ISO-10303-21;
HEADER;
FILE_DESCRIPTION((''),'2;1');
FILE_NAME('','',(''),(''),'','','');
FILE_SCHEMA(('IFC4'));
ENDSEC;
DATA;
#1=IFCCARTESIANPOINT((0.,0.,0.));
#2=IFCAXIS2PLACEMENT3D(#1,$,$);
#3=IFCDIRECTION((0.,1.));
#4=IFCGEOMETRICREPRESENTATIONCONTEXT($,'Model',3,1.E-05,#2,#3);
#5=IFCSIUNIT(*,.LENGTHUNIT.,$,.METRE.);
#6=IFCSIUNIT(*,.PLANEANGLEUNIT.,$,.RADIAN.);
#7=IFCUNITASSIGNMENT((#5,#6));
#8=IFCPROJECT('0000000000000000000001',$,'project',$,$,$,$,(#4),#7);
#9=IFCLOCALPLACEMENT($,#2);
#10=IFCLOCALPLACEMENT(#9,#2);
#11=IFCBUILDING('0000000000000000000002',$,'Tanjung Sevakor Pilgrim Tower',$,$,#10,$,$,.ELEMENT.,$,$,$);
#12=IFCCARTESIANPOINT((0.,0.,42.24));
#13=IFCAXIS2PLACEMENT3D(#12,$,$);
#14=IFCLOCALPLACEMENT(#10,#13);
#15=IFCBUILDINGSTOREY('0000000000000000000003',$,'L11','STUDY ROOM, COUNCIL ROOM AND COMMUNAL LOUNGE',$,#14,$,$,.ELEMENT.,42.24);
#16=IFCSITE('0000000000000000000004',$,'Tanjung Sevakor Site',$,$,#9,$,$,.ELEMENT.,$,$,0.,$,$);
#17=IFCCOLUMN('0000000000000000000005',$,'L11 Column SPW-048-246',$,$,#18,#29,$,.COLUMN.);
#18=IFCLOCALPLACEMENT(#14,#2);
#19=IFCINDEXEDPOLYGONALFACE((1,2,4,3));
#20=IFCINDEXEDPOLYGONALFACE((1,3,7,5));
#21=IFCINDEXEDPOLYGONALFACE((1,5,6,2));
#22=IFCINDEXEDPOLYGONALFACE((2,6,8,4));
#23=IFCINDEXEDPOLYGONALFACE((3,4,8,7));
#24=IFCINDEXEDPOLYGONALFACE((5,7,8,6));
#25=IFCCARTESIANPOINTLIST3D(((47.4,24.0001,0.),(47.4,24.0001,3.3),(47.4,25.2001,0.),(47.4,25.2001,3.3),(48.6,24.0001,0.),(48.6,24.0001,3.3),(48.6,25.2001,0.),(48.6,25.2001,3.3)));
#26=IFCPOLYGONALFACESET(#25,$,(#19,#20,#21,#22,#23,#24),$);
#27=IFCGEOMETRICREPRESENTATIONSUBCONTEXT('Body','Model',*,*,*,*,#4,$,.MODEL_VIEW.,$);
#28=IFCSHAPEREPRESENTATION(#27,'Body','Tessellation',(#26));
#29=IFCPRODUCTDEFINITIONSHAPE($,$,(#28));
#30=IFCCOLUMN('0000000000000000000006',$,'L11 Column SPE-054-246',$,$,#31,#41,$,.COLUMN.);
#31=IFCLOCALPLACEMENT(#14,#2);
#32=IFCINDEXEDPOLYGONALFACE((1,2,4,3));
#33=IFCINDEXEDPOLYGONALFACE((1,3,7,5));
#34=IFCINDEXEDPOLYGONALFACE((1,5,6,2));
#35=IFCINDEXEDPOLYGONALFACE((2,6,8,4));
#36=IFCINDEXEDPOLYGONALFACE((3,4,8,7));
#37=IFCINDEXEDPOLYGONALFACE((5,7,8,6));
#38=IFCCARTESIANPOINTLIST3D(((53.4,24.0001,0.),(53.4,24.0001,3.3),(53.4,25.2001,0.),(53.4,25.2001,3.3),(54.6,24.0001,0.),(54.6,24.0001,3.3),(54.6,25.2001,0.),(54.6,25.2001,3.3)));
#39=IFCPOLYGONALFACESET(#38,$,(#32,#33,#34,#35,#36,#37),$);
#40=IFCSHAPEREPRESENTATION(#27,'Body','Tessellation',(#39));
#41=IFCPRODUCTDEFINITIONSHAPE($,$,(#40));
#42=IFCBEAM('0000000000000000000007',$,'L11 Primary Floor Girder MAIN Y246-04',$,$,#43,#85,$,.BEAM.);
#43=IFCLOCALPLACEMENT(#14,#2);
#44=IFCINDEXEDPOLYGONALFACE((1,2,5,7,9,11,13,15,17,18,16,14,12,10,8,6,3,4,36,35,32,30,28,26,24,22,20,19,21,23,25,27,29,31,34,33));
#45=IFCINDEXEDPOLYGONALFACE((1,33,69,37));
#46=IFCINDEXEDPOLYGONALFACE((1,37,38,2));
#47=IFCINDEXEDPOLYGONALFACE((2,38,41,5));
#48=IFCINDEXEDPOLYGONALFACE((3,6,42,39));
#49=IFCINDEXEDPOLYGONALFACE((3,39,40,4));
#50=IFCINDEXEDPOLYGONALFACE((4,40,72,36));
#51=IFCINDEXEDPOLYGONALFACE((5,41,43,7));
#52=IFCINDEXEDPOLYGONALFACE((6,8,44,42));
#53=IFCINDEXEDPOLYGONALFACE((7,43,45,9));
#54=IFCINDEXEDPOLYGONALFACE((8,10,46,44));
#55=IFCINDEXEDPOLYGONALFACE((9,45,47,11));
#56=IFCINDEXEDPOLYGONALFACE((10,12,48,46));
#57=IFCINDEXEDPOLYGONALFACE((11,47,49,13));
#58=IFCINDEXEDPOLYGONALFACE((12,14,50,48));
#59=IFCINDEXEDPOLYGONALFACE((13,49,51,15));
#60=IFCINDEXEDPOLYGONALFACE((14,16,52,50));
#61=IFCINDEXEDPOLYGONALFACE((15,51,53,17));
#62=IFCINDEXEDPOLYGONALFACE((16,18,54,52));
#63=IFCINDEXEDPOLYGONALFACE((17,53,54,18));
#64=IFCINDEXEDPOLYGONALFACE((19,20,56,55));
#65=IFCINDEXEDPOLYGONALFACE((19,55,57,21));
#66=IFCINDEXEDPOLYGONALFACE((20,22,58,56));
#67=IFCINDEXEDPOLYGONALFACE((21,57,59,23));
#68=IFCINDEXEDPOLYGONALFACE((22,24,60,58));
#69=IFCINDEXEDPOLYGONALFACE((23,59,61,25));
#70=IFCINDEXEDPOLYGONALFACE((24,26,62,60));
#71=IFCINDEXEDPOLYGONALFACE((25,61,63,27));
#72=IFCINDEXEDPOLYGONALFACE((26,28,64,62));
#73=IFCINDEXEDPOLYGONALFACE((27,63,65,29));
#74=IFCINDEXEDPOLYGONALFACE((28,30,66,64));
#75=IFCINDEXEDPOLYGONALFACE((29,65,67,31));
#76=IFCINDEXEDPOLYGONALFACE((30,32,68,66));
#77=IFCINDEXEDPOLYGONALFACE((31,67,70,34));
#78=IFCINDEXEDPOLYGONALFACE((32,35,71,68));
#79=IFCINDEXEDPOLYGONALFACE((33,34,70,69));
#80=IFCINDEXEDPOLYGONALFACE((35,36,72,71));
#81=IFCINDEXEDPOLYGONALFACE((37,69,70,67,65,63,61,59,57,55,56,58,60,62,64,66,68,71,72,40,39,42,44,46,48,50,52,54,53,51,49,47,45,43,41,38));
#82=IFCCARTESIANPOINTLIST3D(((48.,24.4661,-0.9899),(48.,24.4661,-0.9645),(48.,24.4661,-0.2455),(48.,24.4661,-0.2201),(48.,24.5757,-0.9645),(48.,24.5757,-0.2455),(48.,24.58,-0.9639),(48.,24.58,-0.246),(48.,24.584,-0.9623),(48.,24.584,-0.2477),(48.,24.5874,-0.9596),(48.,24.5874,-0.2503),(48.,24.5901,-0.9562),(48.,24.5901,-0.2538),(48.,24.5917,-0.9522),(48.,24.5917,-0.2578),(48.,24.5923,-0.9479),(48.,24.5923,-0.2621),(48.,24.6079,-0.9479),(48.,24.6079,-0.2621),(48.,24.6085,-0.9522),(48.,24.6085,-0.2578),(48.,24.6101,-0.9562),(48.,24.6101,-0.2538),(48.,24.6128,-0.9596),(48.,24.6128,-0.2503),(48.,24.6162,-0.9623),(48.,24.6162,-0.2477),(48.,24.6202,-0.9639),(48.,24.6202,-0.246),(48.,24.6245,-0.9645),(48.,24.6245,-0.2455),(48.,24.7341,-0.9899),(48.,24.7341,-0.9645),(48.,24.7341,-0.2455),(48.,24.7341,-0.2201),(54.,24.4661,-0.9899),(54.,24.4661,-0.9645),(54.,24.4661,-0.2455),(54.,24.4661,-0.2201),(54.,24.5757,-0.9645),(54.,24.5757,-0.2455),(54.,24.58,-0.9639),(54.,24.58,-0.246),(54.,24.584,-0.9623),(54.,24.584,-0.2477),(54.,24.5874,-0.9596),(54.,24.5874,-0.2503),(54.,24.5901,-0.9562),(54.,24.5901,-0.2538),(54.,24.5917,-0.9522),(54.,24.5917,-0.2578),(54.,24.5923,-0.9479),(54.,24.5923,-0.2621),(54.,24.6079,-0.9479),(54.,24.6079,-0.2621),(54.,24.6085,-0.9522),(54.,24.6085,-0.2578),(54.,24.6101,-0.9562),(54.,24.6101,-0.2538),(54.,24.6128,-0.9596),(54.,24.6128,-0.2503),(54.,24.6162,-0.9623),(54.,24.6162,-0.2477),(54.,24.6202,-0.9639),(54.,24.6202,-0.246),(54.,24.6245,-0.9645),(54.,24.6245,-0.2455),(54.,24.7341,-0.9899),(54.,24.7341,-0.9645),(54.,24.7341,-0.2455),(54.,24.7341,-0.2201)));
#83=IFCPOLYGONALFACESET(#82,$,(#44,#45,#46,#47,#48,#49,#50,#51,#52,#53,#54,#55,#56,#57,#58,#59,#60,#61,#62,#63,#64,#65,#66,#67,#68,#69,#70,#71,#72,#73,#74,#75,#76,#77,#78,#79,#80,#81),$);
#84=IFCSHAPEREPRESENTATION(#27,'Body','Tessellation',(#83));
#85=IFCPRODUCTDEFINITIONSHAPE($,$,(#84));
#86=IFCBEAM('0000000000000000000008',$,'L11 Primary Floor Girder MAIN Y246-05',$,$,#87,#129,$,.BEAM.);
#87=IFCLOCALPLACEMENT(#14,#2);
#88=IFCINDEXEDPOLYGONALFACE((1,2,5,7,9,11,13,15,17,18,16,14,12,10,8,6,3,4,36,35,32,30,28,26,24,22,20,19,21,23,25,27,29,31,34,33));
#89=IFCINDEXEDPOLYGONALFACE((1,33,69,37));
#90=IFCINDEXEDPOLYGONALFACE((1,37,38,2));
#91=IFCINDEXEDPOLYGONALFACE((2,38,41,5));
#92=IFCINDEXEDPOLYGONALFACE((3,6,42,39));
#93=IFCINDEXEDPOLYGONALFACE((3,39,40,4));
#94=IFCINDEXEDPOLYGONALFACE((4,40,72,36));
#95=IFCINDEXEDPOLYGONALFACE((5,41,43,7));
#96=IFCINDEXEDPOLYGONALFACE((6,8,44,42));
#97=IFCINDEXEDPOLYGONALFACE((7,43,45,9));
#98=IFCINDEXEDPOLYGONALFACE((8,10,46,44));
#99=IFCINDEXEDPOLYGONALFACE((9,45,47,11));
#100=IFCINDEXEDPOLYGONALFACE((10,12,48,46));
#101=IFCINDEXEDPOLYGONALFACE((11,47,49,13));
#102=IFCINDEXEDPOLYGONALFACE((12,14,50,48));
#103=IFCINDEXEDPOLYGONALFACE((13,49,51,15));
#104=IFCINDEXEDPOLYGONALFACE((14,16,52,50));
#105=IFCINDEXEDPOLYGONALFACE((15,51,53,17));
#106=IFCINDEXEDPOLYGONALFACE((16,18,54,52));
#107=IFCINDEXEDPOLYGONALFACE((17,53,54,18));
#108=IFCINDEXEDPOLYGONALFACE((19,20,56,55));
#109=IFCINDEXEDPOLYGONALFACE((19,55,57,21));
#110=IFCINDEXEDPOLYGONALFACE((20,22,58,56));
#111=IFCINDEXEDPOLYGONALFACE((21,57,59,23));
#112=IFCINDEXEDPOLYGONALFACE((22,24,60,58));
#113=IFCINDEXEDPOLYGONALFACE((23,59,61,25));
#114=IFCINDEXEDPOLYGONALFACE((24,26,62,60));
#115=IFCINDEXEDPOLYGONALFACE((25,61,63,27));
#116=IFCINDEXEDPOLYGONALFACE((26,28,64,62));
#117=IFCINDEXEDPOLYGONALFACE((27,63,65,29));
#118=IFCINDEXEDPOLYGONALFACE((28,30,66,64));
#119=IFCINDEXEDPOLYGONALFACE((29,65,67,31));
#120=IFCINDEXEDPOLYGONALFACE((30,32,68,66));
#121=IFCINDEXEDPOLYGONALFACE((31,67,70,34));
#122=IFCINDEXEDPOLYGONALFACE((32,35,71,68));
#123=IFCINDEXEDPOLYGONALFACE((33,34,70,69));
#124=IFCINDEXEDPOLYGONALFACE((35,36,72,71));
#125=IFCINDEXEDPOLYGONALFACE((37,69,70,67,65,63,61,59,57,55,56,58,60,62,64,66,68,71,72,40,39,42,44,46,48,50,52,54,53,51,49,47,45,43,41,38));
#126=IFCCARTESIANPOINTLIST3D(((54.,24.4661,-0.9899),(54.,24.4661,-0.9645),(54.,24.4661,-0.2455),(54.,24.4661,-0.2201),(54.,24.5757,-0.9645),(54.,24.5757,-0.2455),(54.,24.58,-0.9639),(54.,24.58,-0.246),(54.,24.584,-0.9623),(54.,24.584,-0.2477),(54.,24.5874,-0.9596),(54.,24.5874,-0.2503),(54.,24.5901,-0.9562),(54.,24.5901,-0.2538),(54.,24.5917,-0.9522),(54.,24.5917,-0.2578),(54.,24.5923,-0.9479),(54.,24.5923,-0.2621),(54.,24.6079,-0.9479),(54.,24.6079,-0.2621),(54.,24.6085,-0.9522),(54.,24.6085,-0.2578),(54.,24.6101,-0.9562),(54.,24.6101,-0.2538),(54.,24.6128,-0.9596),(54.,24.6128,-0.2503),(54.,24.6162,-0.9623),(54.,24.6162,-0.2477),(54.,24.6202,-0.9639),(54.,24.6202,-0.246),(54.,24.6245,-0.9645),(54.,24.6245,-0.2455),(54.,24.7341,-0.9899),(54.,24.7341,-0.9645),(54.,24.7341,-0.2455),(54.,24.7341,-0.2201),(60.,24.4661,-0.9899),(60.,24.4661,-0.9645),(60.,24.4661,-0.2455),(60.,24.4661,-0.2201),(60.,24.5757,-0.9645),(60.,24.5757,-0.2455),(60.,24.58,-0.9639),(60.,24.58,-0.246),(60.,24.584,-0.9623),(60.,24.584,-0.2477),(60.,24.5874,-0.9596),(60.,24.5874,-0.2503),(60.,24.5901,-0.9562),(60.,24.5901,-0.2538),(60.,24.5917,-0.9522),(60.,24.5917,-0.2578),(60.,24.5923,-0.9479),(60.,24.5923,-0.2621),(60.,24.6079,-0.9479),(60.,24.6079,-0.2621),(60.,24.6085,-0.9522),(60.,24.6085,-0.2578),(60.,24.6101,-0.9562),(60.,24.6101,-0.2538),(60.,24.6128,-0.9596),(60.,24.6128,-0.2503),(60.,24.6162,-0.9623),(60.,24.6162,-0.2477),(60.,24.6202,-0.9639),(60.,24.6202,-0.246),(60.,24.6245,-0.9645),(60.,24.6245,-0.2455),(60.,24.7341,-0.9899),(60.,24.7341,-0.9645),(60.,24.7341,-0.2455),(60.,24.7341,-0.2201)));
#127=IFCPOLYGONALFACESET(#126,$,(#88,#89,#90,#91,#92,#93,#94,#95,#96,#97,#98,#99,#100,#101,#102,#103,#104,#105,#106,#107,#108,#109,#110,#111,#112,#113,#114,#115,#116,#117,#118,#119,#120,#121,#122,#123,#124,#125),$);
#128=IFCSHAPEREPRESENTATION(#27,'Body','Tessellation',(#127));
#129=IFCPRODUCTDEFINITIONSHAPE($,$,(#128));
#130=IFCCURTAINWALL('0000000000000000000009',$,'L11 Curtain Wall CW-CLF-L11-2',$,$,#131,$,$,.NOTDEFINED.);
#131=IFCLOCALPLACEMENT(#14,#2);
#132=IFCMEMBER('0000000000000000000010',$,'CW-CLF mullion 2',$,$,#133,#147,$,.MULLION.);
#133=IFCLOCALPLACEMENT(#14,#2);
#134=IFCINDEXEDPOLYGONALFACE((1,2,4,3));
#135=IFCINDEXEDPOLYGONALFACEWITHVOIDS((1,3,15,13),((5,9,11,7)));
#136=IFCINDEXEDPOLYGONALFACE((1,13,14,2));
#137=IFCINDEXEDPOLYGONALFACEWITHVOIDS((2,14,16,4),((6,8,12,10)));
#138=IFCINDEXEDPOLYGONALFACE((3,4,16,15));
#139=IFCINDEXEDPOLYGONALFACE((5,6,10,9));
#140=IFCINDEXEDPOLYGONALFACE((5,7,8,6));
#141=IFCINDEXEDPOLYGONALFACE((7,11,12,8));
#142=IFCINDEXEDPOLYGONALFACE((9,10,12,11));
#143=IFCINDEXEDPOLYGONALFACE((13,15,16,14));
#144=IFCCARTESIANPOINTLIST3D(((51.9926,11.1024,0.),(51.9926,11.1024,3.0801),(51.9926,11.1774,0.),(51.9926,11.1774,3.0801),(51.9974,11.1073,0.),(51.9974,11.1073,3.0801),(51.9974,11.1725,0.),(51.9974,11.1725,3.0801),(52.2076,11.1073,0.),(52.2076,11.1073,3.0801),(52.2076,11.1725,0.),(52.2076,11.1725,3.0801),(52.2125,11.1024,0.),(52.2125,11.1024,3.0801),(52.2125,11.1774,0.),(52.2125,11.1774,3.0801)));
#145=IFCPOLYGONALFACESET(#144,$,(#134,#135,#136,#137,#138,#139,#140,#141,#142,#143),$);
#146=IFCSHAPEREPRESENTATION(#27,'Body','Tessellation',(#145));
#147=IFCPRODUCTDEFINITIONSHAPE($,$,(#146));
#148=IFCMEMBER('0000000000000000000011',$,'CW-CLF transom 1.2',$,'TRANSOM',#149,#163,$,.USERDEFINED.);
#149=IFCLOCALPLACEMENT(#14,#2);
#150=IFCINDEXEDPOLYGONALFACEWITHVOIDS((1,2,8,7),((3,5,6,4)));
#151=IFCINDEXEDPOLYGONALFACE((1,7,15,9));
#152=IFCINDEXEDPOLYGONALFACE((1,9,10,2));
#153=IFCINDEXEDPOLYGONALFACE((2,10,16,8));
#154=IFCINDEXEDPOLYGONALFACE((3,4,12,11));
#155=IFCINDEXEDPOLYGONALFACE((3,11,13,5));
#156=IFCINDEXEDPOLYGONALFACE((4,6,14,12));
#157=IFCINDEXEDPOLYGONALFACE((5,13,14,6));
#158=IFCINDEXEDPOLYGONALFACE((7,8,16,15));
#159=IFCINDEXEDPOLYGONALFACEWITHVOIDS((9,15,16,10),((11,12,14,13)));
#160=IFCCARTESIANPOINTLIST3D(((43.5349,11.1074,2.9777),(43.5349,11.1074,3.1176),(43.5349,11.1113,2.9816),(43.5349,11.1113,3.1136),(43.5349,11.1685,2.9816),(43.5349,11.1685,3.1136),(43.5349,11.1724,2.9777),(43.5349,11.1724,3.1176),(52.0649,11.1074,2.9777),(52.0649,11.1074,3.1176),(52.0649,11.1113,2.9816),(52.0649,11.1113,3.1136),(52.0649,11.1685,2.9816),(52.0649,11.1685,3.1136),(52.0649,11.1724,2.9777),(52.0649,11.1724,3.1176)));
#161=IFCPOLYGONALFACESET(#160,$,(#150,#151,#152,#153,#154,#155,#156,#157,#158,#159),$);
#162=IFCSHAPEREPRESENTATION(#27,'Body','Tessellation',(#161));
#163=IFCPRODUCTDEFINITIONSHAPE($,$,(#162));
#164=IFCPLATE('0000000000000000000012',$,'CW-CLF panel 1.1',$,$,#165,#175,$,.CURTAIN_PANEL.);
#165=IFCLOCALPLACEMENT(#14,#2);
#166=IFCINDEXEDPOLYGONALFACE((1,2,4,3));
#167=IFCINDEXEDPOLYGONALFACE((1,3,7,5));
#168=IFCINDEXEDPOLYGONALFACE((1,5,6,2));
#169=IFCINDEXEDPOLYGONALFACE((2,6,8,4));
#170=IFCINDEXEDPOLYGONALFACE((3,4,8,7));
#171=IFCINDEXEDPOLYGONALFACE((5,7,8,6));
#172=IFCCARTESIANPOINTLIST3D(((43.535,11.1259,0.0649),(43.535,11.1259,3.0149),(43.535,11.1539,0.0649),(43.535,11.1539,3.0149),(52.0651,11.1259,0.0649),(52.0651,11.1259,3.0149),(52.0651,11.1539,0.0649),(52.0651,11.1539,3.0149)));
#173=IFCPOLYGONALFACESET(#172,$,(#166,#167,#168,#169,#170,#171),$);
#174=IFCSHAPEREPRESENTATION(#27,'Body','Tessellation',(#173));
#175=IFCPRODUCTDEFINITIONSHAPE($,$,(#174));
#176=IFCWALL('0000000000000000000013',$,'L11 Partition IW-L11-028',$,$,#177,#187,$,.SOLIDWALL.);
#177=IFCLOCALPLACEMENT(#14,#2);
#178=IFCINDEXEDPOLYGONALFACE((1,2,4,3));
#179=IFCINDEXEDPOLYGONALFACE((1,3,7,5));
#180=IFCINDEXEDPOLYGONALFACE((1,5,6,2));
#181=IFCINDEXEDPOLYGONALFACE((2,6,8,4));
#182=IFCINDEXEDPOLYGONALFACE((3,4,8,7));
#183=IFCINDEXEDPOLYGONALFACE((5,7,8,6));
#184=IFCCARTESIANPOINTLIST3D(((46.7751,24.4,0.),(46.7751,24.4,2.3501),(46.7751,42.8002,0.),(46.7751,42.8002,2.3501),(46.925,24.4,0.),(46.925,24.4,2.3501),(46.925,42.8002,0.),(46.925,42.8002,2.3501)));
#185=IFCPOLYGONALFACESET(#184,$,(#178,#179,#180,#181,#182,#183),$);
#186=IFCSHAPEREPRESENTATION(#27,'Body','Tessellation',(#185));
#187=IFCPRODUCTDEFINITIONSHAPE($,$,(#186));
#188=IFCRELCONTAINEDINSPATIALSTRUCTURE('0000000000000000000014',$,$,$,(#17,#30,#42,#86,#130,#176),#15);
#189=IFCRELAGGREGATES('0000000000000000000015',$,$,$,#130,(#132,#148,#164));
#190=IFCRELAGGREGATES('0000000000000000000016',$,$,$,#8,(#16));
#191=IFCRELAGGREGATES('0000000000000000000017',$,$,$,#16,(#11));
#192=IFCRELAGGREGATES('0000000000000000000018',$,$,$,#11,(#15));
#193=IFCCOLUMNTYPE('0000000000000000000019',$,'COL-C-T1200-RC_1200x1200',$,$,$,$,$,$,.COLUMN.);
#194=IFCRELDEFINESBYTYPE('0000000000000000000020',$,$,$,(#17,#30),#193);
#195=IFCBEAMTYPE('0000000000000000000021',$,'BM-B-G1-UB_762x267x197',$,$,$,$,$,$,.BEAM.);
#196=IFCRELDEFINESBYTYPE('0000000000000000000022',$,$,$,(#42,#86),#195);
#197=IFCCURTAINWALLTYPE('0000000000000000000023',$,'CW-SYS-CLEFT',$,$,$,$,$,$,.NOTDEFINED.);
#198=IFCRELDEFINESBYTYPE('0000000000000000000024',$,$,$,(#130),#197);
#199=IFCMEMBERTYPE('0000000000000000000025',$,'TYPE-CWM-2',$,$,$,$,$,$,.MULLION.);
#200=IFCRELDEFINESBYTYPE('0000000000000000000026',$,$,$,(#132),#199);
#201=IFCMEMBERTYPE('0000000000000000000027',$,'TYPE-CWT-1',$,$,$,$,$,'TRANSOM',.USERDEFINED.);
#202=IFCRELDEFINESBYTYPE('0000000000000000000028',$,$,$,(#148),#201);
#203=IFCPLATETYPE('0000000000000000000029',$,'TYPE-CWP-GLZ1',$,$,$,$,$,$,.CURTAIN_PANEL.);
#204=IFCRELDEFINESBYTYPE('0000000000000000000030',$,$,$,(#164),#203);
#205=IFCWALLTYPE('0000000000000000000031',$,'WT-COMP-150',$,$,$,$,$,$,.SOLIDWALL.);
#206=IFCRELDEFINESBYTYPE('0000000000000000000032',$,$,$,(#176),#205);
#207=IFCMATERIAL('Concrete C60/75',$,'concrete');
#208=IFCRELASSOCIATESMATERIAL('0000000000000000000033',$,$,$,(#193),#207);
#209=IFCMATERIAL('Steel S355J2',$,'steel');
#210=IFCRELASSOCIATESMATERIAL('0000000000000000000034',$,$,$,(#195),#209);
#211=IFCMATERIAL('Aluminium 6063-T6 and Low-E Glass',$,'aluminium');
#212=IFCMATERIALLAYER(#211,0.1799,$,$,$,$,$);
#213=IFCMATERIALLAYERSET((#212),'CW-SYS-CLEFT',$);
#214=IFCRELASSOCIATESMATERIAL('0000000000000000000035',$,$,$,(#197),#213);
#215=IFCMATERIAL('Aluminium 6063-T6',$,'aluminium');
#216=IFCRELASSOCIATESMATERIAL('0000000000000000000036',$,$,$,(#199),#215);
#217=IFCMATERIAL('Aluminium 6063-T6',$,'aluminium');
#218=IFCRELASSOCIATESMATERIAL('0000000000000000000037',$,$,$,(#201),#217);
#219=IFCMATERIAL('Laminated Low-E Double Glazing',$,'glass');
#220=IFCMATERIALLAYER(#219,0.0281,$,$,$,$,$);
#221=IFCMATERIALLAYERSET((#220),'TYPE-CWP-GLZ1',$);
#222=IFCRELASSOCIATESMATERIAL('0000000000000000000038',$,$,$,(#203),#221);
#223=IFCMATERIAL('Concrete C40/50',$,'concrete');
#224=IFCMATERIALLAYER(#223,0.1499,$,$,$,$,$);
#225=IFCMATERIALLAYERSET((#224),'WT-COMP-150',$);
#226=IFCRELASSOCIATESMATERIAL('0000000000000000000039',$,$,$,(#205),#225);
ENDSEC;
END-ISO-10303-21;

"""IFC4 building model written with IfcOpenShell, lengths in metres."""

from ifc_helpers import new_model, si_unit, direction, frame, frame_2d, origin, origin_2d, place, context, subcontext, project, spatial, rectangle, hollow_rectangle, i_section, extrude, material, layer, layer_set, material_profile, profile_set, type_object, element, aggregate, save


model = new_model("IFC4")

# Units and contexts
model_context = context("Model", 3, precision=1e-05, world=origin(), true_north=direction((0.0, 1.0)))
body_context = subcontext(model_context, "Body", "Model", "MODEL_VIEW")
ifc_project = project(units=[si_unit("LENGTHUNIT", "METRE"), si_unit("PLANEANGLEUNIT", "RADIAN")], contexts=[model_context])

# Site, building, storey
site_placement = place(None, origin())
site = spatial("IfcSite", under=ifc_project, at=site_placement, Name="Tanjung Sevakor Site", CompositionType="ELEMENT", RefElevation=0.0)
building_placement = place(site_placement, origin())
building = spatial("IfcBuilding", under=site, at=building_placement, Name="Tanjung Sevakor Pilgrim Tower", CompositionType="ELEMENT")
storey_placement = place(building_placement, frame((0.0, 0.0, 42.24)))
storey = spatial("IfcBuildingStorey", under=building, at=storey_placement, Name="L11", Description="STUDY ROOM, COUNCIL ROOM AND COMMUNAL LOUNGE", CompositionType="ELEMENT", Elevation=42.24)

# Columns
ifc_material_1 = material(Name="Concrete C60/75", Category="concrete")
ifc_material_profile_1 = material_profile(ifc_material_1, rectangle(XDim=1.2, YDim=1.2, at=origin_2d()))
ifc_profile_set_1 = profile_set([ifc_material_profile_1], Name="Concrete C60/75")
column_type = type_object("IfcColumnType", Name="COL-C-T1200-RC_1200x1200", PredefinedType="COLUMN", material=ifc_profile_set_1)
for number, where, z_axis, x_axis, name in (
    (1, (48.0, 24.6001, 0.0), (0.0, 0.0, 1.0), (1.0, 0.0, 0.0), "L11 Column SPW-048-246"),
    (2, (54.0, 24.6001, 0.0), (0.0, 0.0, 1.0), (1.0, 0.0, 0.0), "L11 Column SPE-054-246"),
):
    element("IfcColumn", number, at=place(storey_placement, frame(where, z_axis=z_axis, x_axis=x_axis)), inside=storey, type_object=column_type, Name=name, PredefinedType="COLUMN", context=body_context, shape_type="SweptSolid", body=[
        extrude(rectangle(XDim=1.2, YDim=1.2, at=origin_2d()), origin(), (0.0, 0.0, 1.0), 3.3),
    ])

# Beams
ifc_material_2 = material(Name="Steel S355J2", Category="steel")
ifc_material_profile_2 = material_profile(ifc_material_2, i_section(OverallWidth=0.2681, OverallDepth=0.7698, WebThickness=0.0156, FlangeThickness=0.0254, FilletRadius=0.0166, at=origin_2d()))
ifc_profile_set_2 = profile_set([ifc_material_profile_2], Name="Steel S355J2")
beam_type = type_object("IfcBeamType", Name="BM-B-G1-UB_762x267x197", PredefinedType="BEAM", material=ifc_profile_set_2)
for number, where, z_axis, x_axis, name in (
    (3, (48.0, 24.6001, -0.605), (1.0, 0.0, 0.0), (0.0, 1.0, 0.0), "L11 Primary Floor Girder MAIN Y246-04"),
    (4, (54.0, 24.6001, -0.605), (1.0, 0.0, 0.0), (0.0, 1.0, 0.0), "L11 Primary Floor Girder MAIN Y246-05"),
):
    element("IfcBeam", number, at=place(storey_placement, frame(where, z_axis=z_axis, x_axis=x_axis)), inside=storey, type_object=beam_type, Name=name, PredefinedType="BEAM", context=body_context, shape_type="SweptSolid", body=[
        extrude(i_section(OverallWidth=0.2681, OverallDepth=0.7698, WebThickness=0.0156, FlangeThickness=0.0254, FilletRadius=0.0166, at=origin_2d()), origin(), (0.0, 0.0, 1.0), 6.0),
    ])

# Curtain wall, members, plate
ifc_material_3 = material(Name="Aluminium 6063-T6 and Low-E Glass", Category="aluminium")
ifc_layer_1 = layer(ifc_material_3, 0.1799)
ifc_layer_set_1 = layer_set([ifc_layer_1], Name="CW-SYS-CLEFT")
curtain_wall_type = type_object("IfcCurtainWallType", Name="CW-SYS-CLEFT", PredefinedType="NOTDEFINED", material=ifc_layer_set_1)
curtain_wall_placement = place(storey_placement, origin())
curtain_wall = element("IfcCurtainWall", 5, at=curtain_wall_placement, inside=storey, type_object=curtain_wall_type, Name="L11 Curtain Wall CW-CLF-L11-2", PredefinedType="NOTDEFINED")
ifc_material_4 = material(Name="Aluminium 6063-T6", Category="aluminium")
ifc_material_profile_3 = material_profile(ifc_material_4, hollow_rectangle(XDim=0.075, YDim=0.22, WallThickness=0.0049, at=origin_2d()))
ifc_profile_set_3 = profile_set([ifc_material_profile_3], Name="Aluminium 6063-T6")
member_type_1 = type_object("IfcMemberType", Name="TYPE-CWM-2", PredefinedType="MULLION", material=ifc_profile_set_3)
member_1_placement = place(storey_placement, frame((52.1025, 11.1399, 0.0), z_axis=(0.0, 0.0, 1.0), x_axis=(0.0, 1.0, 0.0)))
member_1 = element("IfcMember", 6, at=member_1_placement, type_object=member_type_1, Name="CW-CLF mullion 2", PredefinedType="MULLION", context=body_context, shape_type="SweptSolid", body=[
    extrude(hollow_rectangle(XDim=0.075, YDim=0.22, WallThickness=0.0049, at=origin_2d()), origin(), (0.0, 0.0, 1.0), 3.0801),
])
ifc_material_5 = material(Name="Aluminium 6063-T6", Category="aluminium")
ifc_material_profile_4 = material_profile(ifc_material_5, hollow_rectangle(XDim=0.0649, YDim=0.1399, WallThickness=0.0039, at=origin_2d()))
ifc_profile_set_4 = profile_set([ifc_material_profile_4], Name="Aluminium 6063-T6")
member_type_2 = type_object("IfcMemberType", Name="TYPE-CWT-1", ElementType="TRANSOM", PredefinedType="USERDEFINED", material=ifc_profile_set_4)
member_2_placement = place(storey_placement, frame((43.5349, 11.1399, 3.0476), z_axis=(1.0, 0.0, 0.0), x_axis=(0.0, 1.0, 0.0)))
member_2 = element("IfcMember", 7, at=member_2_placement, type_object=member_type_2, Name="CW-CLF transom 1.2", ObjectType="TRANSOM", PredefinedType="USERDEFINED", context=body_context, shape_type="SweptSolid", body=[
    extrude(hollow_rectangle(XDim=0.0649, YDim=0.1399, WallThickness=0.0039, at=origin_2d()), origin(), (0.0, 0.0, 1.0), 8.53),
])
ifc_material_6 = material(Name="Laminated Low-E Double Glazing", Category="glass")
ifc_layer_2 = layer(ifc_material_6, 0.0281)
ifc_layer_set_2 = layer_set([ifc_layer_2], Name="TYPE-CWP-GLZ1")
plate_type = type_object("IfcPlateType", Name="TYPE-CWP-GLZ1", PredefinedType="CURTAIN_PANEL", material=ifc_layer_set_2)
plate_placement = place(storey_placement, frame((47.8, 11.1399, 0.0649), z_axis=(0.0, 0.0, 1.0), x_axis=(1.0, 0.0, 0.0)))
plate = element("IfcPlate", 8, at=plate_placement, type_object=plate_type, Name="CW-CLF panel 1.1", PredefinedType="CURTAIN_PANEL", context=body_context, shape_type="SweptSolid", body=[
    extrude(rectangle(XDim=8.53, YDim=0.0281, at=origin_2d()), origin(), (0.0, 0.0, 1.0), 2.95),
])
aggregate(curtain_wall, [member_1, member_2, plate])

# Wall
ifc_material_7 = material(Name="Concrete C40/50", Category="concrete")
ifc_layer_3 = layer(ifc_material_7, 0.1499)
ifc_layer_set_3 = layer_set([ifc_layer_3], Name="WT-COMP-150")
wall_type_1 = type_object("IfcWallType", Name="WT-COMP-150", PredefinedType="SOLIDWALL", material=ifc_layer_set_3)
wall_1_placement = place(storey_placement, frame((46.8501, 24.3999, 0.0), z_axis=(0.0, 0.0, 1.0), x_axis=(0.0, 1.0, 0.0)))
element("IfcWall", 9, at=wall_1_placement, inside=storey, type_object=wall_type_1, Name="L11 Partition IW-L11-028", PredefinedType="SOLIDWALL", context=body_context, shape_type="SweptSolid", body=[
    extrude(rectangle(XDim=18.4001, YDim=0.1499, at=frame_2d((9.2002, 0.0))), origin(), (0.0, 0.0, 1.0), 2.3501),
])

save(model, "model.ifc")
